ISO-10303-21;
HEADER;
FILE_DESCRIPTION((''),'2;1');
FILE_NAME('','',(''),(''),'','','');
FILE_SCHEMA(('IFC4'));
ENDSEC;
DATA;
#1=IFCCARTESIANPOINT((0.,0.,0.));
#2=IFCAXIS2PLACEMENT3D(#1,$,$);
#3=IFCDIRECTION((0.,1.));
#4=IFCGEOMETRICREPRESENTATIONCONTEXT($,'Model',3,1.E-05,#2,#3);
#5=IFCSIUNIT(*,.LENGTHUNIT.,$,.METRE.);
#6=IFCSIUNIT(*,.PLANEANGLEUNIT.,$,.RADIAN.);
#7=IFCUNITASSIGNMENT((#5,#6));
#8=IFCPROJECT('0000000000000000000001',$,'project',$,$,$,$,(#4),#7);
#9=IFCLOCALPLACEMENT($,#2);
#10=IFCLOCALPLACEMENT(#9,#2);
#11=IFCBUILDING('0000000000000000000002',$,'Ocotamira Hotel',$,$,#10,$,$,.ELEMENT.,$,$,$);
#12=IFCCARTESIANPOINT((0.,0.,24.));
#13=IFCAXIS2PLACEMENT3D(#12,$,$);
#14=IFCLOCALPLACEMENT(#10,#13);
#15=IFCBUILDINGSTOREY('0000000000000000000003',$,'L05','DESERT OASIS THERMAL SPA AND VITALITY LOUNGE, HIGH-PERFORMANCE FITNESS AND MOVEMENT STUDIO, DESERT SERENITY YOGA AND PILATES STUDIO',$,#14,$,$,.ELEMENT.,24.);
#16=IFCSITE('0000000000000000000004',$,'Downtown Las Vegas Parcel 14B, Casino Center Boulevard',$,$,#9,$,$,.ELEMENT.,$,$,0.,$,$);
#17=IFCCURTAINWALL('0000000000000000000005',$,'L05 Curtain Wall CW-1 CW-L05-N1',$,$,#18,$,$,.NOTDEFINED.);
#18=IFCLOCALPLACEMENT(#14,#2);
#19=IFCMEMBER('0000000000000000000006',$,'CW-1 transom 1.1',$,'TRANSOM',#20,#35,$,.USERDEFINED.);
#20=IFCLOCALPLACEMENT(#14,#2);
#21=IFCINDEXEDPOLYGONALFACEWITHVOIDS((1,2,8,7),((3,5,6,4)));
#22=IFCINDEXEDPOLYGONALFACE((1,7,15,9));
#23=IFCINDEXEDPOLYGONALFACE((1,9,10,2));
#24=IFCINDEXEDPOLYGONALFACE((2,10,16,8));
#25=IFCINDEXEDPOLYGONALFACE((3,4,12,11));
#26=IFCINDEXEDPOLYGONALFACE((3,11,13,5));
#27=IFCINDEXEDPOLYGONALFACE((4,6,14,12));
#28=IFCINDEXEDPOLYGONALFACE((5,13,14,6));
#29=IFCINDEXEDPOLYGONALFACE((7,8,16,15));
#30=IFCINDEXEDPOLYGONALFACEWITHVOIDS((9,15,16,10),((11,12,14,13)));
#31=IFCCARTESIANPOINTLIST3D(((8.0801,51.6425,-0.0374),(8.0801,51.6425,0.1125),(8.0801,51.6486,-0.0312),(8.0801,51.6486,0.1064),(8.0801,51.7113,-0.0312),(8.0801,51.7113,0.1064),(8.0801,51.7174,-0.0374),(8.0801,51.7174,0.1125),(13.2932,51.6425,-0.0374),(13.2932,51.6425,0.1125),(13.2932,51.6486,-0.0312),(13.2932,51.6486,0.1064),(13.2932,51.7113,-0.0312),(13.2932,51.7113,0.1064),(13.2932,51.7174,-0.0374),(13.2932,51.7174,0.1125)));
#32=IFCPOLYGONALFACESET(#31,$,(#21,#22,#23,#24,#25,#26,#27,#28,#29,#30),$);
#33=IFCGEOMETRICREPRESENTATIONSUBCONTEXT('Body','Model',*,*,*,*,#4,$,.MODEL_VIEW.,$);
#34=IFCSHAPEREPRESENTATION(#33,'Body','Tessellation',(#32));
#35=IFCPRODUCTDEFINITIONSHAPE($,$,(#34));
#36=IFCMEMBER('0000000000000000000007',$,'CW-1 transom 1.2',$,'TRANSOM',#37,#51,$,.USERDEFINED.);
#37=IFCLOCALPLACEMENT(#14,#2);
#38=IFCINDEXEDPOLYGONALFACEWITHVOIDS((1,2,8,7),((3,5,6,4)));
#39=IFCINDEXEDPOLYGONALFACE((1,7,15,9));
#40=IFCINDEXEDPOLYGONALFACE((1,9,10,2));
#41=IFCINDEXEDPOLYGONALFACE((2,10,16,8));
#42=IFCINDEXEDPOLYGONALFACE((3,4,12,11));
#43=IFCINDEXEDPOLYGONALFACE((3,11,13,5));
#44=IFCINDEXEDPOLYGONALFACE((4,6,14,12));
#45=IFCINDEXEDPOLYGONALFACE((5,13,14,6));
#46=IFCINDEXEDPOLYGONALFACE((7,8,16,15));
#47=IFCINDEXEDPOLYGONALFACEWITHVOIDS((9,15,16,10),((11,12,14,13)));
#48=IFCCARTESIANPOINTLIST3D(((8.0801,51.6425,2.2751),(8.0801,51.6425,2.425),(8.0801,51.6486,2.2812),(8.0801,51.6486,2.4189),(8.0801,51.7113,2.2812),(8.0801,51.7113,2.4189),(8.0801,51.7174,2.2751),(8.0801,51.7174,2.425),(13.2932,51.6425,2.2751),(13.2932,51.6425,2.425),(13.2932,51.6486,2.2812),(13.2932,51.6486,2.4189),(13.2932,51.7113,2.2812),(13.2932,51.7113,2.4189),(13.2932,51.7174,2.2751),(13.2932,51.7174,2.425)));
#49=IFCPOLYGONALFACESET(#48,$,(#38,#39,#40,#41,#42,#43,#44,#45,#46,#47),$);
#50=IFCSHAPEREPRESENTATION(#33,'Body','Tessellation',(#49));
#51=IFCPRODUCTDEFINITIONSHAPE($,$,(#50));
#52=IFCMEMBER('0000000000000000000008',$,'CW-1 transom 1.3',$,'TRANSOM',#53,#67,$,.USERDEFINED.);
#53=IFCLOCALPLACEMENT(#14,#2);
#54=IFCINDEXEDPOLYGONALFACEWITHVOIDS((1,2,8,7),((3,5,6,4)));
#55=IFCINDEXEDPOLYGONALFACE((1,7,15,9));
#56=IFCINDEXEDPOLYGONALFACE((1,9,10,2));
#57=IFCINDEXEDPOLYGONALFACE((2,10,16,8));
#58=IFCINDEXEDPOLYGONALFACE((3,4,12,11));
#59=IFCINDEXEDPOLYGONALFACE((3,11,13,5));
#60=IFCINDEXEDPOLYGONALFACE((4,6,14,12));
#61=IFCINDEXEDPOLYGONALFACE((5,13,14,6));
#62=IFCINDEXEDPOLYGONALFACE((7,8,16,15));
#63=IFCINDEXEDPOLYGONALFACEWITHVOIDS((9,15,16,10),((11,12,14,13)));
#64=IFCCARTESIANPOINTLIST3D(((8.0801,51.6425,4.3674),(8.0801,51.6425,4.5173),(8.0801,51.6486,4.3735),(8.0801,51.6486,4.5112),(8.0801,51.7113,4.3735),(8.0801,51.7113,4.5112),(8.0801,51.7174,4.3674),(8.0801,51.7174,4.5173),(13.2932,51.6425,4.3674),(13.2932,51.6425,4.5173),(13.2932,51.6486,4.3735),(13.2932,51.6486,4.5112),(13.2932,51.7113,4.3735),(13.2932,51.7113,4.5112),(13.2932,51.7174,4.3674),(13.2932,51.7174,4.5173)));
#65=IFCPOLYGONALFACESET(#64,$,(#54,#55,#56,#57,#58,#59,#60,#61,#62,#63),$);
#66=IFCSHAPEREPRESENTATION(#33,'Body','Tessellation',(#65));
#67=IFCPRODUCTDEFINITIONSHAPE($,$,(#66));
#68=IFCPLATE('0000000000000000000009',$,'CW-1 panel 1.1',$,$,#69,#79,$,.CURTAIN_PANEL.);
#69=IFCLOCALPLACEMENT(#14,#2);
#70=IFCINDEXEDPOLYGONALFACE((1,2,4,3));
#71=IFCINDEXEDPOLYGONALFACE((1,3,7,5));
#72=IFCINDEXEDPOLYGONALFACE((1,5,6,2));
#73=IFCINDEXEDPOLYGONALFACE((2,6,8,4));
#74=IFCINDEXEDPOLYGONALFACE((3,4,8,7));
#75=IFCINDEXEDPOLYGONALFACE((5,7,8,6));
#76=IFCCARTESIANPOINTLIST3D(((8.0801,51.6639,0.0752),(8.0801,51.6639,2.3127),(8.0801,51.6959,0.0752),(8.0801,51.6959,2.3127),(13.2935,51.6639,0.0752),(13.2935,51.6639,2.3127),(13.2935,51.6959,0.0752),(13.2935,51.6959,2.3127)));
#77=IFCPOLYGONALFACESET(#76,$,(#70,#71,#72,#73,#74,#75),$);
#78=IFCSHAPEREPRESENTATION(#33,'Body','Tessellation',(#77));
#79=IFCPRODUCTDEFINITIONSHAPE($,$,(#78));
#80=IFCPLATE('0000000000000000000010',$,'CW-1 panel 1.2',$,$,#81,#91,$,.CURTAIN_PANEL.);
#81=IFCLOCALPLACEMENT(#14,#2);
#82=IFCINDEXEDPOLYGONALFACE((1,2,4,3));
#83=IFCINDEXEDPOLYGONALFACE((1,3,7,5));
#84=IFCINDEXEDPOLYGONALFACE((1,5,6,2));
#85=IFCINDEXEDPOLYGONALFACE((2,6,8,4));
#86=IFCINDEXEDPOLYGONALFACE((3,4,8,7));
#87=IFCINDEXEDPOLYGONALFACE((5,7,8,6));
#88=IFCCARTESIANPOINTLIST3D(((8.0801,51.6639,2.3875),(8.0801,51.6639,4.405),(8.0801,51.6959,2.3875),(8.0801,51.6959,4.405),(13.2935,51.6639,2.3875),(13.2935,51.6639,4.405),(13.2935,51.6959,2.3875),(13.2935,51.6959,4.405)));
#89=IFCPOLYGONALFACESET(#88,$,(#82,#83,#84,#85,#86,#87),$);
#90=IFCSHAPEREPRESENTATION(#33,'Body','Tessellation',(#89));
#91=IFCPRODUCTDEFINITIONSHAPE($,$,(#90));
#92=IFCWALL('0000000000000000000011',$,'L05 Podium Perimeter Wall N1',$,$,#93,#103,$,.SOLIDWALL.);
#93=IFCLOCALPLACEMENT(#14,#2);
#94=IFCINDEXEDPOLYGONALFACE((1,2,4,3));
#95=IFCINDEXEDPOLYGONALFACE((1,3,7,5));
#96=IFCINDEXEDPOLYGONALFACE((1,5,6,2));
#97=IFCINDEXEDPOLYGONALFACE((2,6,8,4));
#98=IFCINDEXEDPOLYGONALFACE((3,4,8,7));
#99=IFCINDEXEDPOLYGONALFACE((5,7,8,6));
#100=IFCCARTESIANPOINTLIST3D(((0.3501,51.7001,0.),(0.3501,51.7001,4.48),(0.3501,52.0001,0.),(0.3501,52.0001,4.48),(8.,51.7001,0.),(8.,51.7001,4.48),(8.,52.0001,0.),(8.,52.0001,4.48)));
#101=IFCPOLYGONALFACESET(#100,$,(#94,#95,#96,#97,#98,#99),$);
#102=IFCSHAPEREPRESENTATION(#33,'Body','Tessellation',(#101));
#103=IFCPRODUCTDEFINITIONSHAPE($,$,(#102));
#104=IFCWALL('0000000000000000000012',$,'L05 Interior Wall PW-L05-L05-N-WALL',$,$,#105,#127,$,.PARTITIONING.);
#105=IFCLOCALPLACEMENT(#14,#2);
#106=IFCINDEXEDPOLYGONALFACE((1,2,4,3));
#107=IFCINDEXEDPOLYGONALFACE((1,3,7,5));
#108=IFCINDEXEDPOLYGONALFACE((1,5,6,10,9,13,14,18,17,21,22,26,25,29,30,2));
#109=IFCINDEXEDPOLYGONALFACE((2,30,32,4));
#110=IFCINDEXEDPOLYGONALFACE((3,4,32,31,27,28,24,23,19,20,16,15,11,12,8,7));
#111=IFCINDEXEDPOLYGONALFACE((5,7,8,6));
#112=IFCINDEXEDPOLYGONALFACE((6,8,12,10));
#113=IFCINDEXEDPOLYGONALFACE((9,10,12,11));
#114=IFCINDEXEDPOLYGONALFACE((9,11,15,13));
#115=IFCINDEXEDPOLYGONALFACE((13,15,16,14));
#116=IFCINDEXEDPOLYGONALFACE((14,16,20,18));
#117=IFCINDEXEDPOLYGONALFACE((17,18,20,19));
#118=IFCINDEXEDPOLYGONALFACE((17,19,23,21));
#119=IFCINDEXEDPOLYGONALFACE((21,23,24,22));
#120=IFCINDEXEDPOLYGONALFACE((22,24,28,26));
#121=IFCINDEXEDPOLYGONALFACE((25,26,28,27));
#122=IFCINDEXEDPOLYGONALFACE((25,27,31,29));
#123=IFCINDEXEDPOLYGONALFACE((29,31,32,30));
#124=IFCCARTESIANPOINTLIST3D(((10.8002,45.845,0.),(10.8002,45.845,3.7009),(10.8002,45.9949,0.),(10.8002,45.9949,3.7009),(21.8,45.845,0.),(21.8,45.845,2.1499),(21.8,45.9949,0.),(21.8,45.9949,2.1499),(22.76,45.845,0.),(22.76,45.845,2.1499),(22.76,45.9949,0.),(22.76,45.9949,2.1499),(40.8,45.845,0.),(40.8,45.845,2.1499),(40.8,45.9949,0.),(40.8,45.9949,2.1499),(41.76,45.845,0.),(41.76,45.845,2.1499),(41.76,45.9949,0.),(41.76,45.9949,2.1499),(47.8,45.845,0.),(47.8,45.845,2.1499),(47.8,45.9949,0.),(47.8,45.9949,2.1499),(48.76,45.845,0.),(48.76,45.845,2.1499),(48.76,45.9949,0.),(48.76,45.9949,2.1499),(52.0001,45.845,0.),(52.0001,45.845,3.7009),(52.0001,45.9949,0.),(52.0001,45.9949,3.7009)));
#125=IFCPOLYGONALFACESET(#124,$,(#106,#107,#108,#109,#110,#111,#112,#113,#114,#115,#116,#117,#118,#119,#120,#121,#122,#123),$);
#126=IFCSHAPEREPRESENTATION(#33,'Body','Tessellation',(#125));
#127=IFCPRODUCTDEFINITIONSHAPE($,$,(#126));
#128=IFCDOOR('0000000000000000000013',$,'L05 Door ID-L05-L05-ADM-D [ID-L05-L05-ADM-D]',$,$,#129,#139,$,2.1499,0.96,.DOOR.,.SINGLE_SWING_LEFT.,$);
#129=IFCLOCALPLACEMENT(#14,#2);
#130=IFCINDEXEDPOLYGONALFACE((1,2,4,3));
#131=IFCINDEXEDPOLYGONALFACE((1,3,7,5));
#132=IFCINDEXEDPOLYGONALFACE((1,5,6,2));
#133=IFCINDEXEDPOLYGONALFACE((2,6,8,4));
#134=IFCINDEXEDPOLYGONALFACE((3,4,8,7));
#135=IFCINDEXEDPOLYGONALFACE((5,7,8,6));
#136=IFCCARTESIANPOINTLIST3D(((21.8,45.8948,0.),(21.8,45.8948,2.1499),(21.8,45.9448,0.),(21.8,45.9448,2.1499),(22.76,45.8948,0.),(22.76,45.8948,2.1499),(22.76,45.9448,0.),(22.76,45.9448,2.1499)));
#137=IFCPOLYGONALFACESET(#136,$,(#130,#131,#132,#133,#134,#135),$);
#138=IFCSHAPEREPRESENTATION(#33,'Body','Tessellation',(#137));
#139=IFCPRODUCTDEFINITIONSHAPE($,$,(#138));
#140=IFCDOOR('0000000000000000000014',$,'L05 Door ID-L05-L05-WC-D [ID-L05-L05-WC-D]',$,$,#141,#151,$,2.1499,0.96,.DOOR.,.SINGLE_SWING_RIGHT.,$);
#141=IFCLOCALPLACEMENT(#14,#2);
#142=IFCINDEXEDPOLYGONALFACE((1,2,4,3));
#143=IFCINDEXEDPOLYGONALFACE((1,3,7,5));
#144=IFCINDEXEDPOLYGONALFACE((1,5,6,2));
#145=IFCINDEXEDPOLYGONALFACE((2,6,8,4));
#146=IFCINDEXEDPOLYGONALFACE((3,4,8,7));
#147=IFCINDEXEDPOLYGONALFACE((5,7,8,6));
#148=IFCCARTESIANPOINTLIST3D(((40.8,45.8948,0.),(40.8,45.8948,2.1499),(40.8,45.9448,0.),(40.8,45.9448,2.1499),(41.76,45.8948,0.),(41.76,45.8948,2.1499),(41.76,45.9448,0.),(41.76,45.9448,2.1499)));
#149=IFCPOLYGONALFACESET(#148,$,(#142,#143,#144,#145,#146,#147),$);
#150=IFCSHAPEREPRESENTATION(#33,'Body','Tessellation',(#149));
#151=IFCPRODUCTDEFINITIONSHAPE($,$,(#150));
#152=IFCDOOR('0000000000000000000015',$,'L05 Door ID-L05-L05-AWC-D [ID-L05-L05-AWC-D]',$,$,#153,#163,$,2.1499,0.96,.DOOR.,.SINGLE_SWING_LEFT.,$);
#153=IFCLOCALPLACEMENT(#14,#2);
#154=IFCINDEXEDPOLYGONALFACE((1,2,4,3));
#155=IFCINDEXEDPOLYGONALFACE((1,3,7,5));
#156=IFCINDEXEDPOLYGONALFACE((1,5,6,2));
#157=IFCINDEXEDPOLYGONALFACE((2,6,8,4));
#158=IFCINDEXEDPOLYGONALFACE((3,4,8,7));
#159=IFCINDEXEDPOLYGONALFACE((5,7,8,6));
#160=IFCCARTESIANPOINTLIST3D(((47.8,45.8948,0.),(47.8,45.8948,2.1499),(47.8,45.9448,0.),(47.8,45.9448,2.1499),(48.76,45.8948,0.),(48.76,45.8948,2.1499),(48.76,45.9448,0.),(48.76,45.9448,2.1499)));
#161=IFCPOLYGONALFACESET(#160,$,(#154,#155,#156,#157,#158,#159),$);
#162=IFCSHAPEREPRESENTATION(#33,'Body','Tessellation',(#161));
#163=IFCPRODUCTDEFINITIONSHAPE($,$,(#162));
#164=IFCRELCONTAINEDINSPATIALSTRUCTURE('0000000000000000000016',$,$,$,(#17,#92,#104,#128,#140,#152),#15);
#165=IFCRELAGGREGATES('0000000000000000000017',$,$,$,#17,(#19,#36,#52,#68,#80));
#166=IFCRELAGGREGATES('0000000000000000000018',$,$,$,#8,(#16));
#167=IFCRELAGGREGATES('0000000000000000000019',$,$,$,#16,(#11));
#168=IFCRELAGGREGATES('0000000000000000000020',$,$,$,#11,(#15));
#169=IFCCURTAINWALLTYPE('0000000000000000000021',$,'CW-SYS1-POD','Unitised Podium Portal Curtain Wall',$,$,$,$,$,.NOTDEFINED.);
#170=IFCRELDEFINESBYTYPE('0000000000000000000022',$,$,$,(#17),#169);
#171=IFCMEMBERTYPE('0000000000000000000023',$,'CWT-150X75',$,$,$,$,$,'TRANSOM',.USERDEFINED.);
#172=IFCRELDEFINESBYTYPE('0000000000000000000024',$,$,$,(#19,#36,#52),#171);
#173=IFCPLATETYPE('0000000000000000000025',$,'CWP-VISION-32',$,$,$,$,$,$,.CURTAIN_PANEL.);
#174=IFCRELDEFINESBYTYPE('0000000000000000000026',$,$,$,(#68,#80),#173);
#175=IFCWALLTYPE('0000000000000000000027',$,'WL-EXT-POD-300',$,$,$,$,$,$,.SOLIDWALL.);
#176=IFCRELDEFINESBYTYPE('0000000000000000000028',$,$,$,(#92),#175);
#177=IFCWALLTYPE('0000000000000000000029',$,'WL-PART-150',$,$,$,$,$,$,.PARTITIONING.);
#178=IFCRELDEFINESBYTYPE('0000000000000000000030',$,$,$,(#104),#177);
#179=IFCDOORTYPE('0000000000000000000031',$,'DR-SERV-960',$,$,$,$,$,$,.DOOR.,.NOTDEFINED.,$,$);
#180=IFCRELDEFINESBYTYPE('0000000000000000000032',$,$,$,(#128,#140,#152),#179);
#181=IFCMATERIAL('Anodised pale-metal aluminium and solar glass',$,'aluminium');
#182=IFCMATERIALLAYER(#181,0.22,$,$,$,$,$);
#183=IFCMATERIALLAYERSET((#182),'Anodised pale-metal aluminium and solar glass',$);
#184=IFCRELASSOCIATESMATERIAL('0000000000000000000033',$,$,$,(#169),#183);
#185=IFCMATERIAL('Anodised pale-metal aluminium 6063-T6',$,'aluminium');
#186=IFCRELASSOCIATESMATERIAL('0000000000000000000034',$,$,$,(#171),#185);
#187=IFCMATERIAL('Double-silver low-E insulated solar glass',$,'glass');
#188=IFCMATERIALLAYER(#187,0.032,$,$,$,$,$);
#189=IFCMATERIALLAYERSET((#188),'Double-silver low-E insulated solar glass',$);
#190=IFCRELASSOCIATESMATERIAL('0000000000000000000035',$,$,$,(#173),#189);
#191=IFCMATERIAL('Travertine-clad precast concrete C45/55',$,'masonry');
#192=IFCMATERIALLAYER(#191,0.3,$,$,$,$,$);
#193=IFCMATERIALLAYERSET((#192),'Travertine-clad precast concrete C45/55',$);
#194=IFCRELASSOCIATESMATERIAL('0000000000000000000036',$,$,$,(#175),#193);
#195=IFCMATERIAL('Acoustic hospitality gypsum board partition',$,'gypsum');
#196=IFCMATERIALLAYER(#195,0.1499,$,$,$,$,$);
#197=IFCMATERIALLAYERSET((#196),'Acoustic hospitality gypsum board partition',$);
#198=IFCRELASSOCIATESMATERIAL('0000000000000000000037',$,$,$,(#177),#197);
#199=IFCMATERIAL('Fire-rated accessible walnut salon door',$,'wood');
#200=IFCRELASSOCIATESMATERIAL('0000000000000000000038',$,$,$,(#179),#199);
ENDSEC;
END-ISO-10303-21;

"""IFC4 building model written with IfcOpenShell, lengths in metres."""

from ifc_helpers import new_model, si_unit, direction, frame, frame_2d, origin, origin_2d, place, context, subcontext, project, spatial, rectangle, hollow_rectangle, extrude, source, transform, mapped, material, layer, layer_set, material_profile, profile_set, type_object, element, fill, aggregate, save


model = new_model("IFC4")

# Units and contexts
model_context = context("Model", 3, precision=1e-05, world=origin(), true_north=direction((0.0, 1.0)))
body_context = subcontext(model_context, "Body", "Model", "MODEL_VIEW")
ifc_project = project(units=[si_unit("LENGTHUNIT", "METRE"), si_unit("PLANEANGLEUNIT", "RADIAN")], contexts=[model_context])

# Site, building, storey
site_placement = place(None, origin())
site = spatial("IfcSite", under=ifc_project, at=site_placement, Name="Downtown Las Vegas Parcel 14B, Casino Center Boulevard", CompositionType="ELEMENT", RefElevation=0.0)
building_placement = place(site_placement, origin())
building = spatial("IfcBuilding", under=site, at=building_placement, Name="Ocotamira Hotel", CompositionType="ELEMENT")
storey_placement = place(building_placement, frame((0.0, 0.0, 24.0)))
storey = spatial("IfcBuildingStorey", under=building, at=storey_placement, Name="L05", Description="DESERT OASIS THERMAL SPA AND VITALITY LOUNGE, HIGH-PERFORMANCE FITNESS AND MOVEMENT STUDIO, DESERT SERENITY YOGA AND PILATES STUDIO", CompositionType="ELEMENT", Elevation=24.0)

# Curtain wall, members, plates
ifc_material_1 = material(Name="Anodised pale-metal aluminium and solar glass", Category="aluminium")
ifc_layer_1 = layer(ifc_material_1, 0.22)
ifc_layer_set_1 = layer_set([ifc_layer_1], Name="Anodised pale-metal aluminium and solar glass")
curtain_wall_type = type_object("IfcCurtainWallType", Name="CW-SYS1-POD", Description="Unitised Podium Portal Curtain Wall", PredefinedType="NOTDEFINED", material=ifc_layer_set_1)
curtain_wall_placement = place(storey_placement, origin())
curtain_wall = element("IfcCurtainWall", 1, at=curtain_wall_placement, inside=storey, type_object=curtain_wall_type, Name="L05 Curtain Wall CW-1 CW-L05-N1", PredefinedType="NOTDEFINED")
ifc_material_2 = material(Name="Anodised pale-metal aluminium 6063-T6", Category="aluminium")
ifc_material_profile_1 = material_profile(ifc_material_2, hollow_rectangle(XDim=0.075, YDim=0.1499, WallThickness=0.0061, at=origin_2d()), Name="HSS150X75X6")
ifc_profile_set_1 = profile_set([ifc_material_profile_1], Name="Anodised pale-metal aluminium 6063-T6")
member_type_1 = type_object("IfcMemberType", Name="CWT-150X75", ElementType="TRANSOM", PredefinedType="USERDEFINED", material=ifc_profile_set_1)
shared_shape_1 = source(origin(), body_context, "Body", "SweptSolid", [
    extrude(hollow_rectangle(XDim=0.075, YDim=0.1499, WallThickness=0.0061, at=origin_2d()), origin(), (0.0, 0.0, 1.0), 5.2131),
])
member_1_placement = place(storey_placement, frame((8.0801, 51.6799, 0.0376), z_axis=(1.0, 0.0, 0.0), x_axis=(0.0, 1.0, 0.0)))
member_1 = element("IfcMember", 2, at=member_1_placement, type_object=member_type_1, Name="CW-1 transom 1.1", ObjectType="TRANSOM", PredefinedType="USERDEFINED", context=body_context, shape_type="MappedRepresentation", body=[
    mapped(shared_shape_1, transform((0.0, 0.0, 0.0), scale=1.0)),
])
member_2_placement = place(storey_placement, frame((8.0801, 51.6799, 2.3501), z_axis=(1.0, 0.0, 0.0), x_axis=(0.0, 1.0, 0.0)))
member_2 = element("IfcMember", 3, at=member_2_placement, type_object=member_type_1, Name="CW-1 transom 1.2", ObjectType="TRANSOM", PredefinedType="USERDEFINED", context=body_context, shape_type="MappedRepresentation", body=[
    mapped(shared_shape_1, transform((0.0, 0.0, 0.0), scale=1.0)),
])
member_3_placement = place(storey_placement, frame((8.0801, 51.6799, 4.4424), z_axis=(1.0, 0.0, 0.0), x_axis=(0.0, 1.0, 0.0)))
member_3 = element("IfcMember", 4, at=member_3_placement, type_object=member_type_1, Name="CW-1 transom 1.3", ObjectType="TRANSOM", PredefinedType="USERDEFINED", context=body_context, shape_type="MappedRepresentation", body=[
    mapped(shared_shape_1, transform((0.0, 0.0, 0.0), scale=1.0)),
])
ifc_material_3 = material(Name="Double-silver low-E insulated solar glass", Category="glass")
ifc_layer_2 = layer(ifc_material_3, 0.032)
ifc_layer_set_2 = layer_set([ifc_layer_2], Name="Double-silver low-E insulated solar glass")
plate_type = type_object("IfcPlateType", Name="CWP-VISION-32", PredefinedType="CURTAIN_PANEL", material=ifc_layer_set_2)
shared_shape_2 = source(origin(), body_context, "Body", "SweptSolid", [
    extrude(rectangle(XDim=5.2134, YDim=0.032, at=origin_2d()), origin(), (0.0, 0.0, 1.0), 2.2375),
])
plate_1_placement = place(storey_placement, frame((10.6868, 51.6799, 0.0752), z_axis=(0.0, 0.0, 1.0), x_axis=(1.0, 0.0, 0.0)))
plate_1 = element("IfcPlate", 5, at=plate_1_placement, type_object=plate_type, Name="CW-1 panel 1.1", PredefinedType="CURTAIN_PANEL", context=body_context, shape_type="MappedRepresentation", body=[
    mapped(shared_shape_2, transform((0.0, 0.0, 0.0), scale=1.0)),
])
shared_shape_3 = source(origin(), body_context, "Body", "SweptSolid", [
    extrude(rectangle(XDim=5.2134, YDim=0.032, at=origin_2d()), origin(), (0.0, 0.0, 1.0), 2.0176),
])
plate_2_placement = place(storey_placement, frame((10.6868, 51.6799, 2.3875), z_axis=(0.0, 0.0, 1.0), x_axis=(1.0, 0.0, 0.0)))
plate_2 = element("IfcPlate", 6, at=plate_2_placement, type_object=plate_type, Name="CW-1 panel 1.2", PredefinedType="CURTAIN_PANEL", context=body_context, shape_type="MappedRepresentation", body=[
    mapped(shared_shape_3, transform((0.0, 0.0, 0.0), scale=1.0)),
])
aggregate(curtain_wall, [member_1, member_2, member_3, plate_1, plate_2])

# Wall
ifc_material_4 = material(Name="Travertine-clad precast concrete C45/55", Category="masonry")
ifc_layer_3 = layer(ifc_material_4, 0.3)
ifc_layer_set_3 = layer_set([ifc_layer_3], Name="Travertine-clad precast concrete C45/55")
wall_type_1 = type_object("IfcWallType", Name="WL-EXT-POD-300", PredefinedType="SOLIDWALL", material=ifc_layer_set_3)
wall_1_placement = place(storey_placement, frame((0.3501, 51.8501, 0.0), z_axis=(0.0, 0.0, 1.0), x_axis=(1.0, 0.0, 0.0)))
element("IfcWall", 7, at=wall_1_placement, inside=storey, type_object=wall_type_1, Name="L05 Podium Perimeter Wall N1", PredefinedType="SOLIDWALL", context=body_context, shape_type="SweptSolid", body=[
    extrude(rectangle(XDim=7.6499, YDim=0.3, at=frame_2d((3.825, 0.0))), origin(), (0.0, 0.0, 1.0), 4.48),
])

# Wall, openings, doors
ifc_material_5 = material(Name="Acoustic hospitality gypsum board partition", Category="gypsum")
ifc_layer_4 = layer(ifc_material_5, 0.1499)
ifc_layer_set_4 = layer_set([ifc_layer_4], Name="Acoustic hospitality gypsum board partition")
wall_type_2 = type_object("IfcWallType", Name="WL-PART-150", PredefinedType="PARTITIONING", material=ifc_layer_set_4)
wall_2_placement = place(storey_placement, frame((10.8, 45.9199, 0.0), z_axis=(0.0, 0.0, 1.0), x_axis=(1.0, 0.0, 0.0)))
wall_2 = element("IfcWall", 8, at=wall_2_placement, inside=storey, type_object=wall_type_2, Name="L05 Interior Wall PW-L05-L05-N-WALL", PredefinedType="PARTITIONING", context=body_context, shape_type="SweptSolid", body=[
    extrude(rectangle(XDim=41.2, YDim=0.1499, at=frame_2d((20.6001, 0.0))), origin(), (0.0, 0.0, 1.0), 3.7009),
])
opening_1_placement = place(wall_2_placement, frame((11.0, 0.0, 0.0)))
opening_1 = element("IfcOpeningElement", 9, at=opening_1_placement, cuts=wall_2, PredefinedType="OPENING", context=body_context, shape_type="SweptSolid", body=[
    extrude(rectangle(XDim=0.96, YDim=2.1499, at=frame_2d((0.48, 1.075))), frame((0.0, 0.085, 0.0), z_axis=(0.0, -1.0, 0.0), x_axis=(1.0, 0.0, 0.0)), (0.0, 0.0, 1.0), 0.1699),
])
opening_2_placement = place(wall_2_placement, frame((30.0, 0.0, 0.0)))
opening_2 = element("IfcOpeningElement", 10, at=opening_2_placement, cuts=wall_2, PredefinedType="OPENING", context=body_context, shape_type="SweptSolid", body=[
    extrude(rectangle(XDim=0.96, YDim=2.1499, at=frame_2d((0.48, 1.075))), frame((0.0, 0.085, 0.0), z_axis=(0.0, -1.0, 0.0), x_axis=(1.0, 0.0, 0.0)), (0.0, 0.0, 1.0), 0.1699),
])
opening_3_placement = place(wall_2_placement, frame((37.0, 0.0, 0.0)))
opening_3 = element("IfcOpeningElement", 11, at=opening_3_placement, cuts=wall_2, PredefinedType="OPENING", context=body_context, shape_type="SweptSolid", body=[
    extrude(rectangle(XDim=0.96, YDim=2.1499, at=frame_2d((0.48, 1.075))), frame((0.0, 0.085, 0.0), z_axis=(0.0, -1.0, 0.0), x_axis=(1.0, 0.0, 0.0)), (0.0, 0.0, 1.0), 0.1699),
])
ifc_material_6 = material(Name="Fire-rated accessible walnut salon door", Category="wood")
door_type_1 = type_object("IfcDoorType", Name="DR-SERV-960", OperationType="NOTDEFINED", PredefinedType="DOOR", material=ifc_material_6)
shared_shape_4 = source(origin(), body_context, "Body", "SweptSolid", [
    extrude(rectangle(XDim=0.96, YDim=2.1499, at=frame_2d((0.48, 1.075))), frame((0.0, 0.0249, 0.0), z_axis=(0.0, -1.0, 0.0), x_axis=(1.0, 0.0, 0.0)), (0.0, 0.0, 1.0), 0.05),
])
door_1_placement = place(opening_1_placement, origin())
door_1 = element("IfcDoor", 12, at=door_1_placement, inside=storey, type_object=door_type_1, Name="L05 Door ID-L05-L05-ADM-D [ID-L05-L05-ADM-D]", OperationType="SINGLE_SWING_LEFT", OverallHeight=2.1499, OverallWidth=0.96, PredefinedType="DOOR", context=body_context, shape_type="MappedRepresentation", body=[
    mapped(shared_shape_4, transform((0.0, 0.0, 0.0), scale=1.0)),
])
fill(opening_1, door_1)
door_2_placement = place(opening_2_placement, origin())
door_2 = element("IfcDoor", 13, at=door_2_placement, inside=storey, type_object=door_type_1, Name="L05 Door ID-L05-L05-WC-D [ID-L05-L05-WC-D]", OperationType="SINGLE_SWING_RIGHT", OverallHeight=2.1499, OverallWidth=0.96, PredefinedType="DOOR", context=body_context, shape_type="MappedRepresentation", body=[
    mapped(shared_shape_4, transform((0.0, 0.0, 0.0), scale=1.0)),
])
fill(opening_2, door_2)
door_3_placement = place(opening_3_placement, origin())
door_3 = element("IfcDoor", 14, at=door_3_placement, inside=storey, type_object=door_type_1, Name="L05 Door ID-L05-L05-AWC-D [ID-L05-L05-AWC-D]", OperationType="SINGLE_SWING_LEFT", OverallHeight=2.1499, OverallWidth=0.96, PredefinedType="DOOR", context=body_context, shape_type="MappedRepresentation", body=[
    mapped(shared_shape_4, transform((0.0, 0.0, 0.0), scale=1.0)),
])
fill(opening_3, door_3)

save(model, "model.ifc")
